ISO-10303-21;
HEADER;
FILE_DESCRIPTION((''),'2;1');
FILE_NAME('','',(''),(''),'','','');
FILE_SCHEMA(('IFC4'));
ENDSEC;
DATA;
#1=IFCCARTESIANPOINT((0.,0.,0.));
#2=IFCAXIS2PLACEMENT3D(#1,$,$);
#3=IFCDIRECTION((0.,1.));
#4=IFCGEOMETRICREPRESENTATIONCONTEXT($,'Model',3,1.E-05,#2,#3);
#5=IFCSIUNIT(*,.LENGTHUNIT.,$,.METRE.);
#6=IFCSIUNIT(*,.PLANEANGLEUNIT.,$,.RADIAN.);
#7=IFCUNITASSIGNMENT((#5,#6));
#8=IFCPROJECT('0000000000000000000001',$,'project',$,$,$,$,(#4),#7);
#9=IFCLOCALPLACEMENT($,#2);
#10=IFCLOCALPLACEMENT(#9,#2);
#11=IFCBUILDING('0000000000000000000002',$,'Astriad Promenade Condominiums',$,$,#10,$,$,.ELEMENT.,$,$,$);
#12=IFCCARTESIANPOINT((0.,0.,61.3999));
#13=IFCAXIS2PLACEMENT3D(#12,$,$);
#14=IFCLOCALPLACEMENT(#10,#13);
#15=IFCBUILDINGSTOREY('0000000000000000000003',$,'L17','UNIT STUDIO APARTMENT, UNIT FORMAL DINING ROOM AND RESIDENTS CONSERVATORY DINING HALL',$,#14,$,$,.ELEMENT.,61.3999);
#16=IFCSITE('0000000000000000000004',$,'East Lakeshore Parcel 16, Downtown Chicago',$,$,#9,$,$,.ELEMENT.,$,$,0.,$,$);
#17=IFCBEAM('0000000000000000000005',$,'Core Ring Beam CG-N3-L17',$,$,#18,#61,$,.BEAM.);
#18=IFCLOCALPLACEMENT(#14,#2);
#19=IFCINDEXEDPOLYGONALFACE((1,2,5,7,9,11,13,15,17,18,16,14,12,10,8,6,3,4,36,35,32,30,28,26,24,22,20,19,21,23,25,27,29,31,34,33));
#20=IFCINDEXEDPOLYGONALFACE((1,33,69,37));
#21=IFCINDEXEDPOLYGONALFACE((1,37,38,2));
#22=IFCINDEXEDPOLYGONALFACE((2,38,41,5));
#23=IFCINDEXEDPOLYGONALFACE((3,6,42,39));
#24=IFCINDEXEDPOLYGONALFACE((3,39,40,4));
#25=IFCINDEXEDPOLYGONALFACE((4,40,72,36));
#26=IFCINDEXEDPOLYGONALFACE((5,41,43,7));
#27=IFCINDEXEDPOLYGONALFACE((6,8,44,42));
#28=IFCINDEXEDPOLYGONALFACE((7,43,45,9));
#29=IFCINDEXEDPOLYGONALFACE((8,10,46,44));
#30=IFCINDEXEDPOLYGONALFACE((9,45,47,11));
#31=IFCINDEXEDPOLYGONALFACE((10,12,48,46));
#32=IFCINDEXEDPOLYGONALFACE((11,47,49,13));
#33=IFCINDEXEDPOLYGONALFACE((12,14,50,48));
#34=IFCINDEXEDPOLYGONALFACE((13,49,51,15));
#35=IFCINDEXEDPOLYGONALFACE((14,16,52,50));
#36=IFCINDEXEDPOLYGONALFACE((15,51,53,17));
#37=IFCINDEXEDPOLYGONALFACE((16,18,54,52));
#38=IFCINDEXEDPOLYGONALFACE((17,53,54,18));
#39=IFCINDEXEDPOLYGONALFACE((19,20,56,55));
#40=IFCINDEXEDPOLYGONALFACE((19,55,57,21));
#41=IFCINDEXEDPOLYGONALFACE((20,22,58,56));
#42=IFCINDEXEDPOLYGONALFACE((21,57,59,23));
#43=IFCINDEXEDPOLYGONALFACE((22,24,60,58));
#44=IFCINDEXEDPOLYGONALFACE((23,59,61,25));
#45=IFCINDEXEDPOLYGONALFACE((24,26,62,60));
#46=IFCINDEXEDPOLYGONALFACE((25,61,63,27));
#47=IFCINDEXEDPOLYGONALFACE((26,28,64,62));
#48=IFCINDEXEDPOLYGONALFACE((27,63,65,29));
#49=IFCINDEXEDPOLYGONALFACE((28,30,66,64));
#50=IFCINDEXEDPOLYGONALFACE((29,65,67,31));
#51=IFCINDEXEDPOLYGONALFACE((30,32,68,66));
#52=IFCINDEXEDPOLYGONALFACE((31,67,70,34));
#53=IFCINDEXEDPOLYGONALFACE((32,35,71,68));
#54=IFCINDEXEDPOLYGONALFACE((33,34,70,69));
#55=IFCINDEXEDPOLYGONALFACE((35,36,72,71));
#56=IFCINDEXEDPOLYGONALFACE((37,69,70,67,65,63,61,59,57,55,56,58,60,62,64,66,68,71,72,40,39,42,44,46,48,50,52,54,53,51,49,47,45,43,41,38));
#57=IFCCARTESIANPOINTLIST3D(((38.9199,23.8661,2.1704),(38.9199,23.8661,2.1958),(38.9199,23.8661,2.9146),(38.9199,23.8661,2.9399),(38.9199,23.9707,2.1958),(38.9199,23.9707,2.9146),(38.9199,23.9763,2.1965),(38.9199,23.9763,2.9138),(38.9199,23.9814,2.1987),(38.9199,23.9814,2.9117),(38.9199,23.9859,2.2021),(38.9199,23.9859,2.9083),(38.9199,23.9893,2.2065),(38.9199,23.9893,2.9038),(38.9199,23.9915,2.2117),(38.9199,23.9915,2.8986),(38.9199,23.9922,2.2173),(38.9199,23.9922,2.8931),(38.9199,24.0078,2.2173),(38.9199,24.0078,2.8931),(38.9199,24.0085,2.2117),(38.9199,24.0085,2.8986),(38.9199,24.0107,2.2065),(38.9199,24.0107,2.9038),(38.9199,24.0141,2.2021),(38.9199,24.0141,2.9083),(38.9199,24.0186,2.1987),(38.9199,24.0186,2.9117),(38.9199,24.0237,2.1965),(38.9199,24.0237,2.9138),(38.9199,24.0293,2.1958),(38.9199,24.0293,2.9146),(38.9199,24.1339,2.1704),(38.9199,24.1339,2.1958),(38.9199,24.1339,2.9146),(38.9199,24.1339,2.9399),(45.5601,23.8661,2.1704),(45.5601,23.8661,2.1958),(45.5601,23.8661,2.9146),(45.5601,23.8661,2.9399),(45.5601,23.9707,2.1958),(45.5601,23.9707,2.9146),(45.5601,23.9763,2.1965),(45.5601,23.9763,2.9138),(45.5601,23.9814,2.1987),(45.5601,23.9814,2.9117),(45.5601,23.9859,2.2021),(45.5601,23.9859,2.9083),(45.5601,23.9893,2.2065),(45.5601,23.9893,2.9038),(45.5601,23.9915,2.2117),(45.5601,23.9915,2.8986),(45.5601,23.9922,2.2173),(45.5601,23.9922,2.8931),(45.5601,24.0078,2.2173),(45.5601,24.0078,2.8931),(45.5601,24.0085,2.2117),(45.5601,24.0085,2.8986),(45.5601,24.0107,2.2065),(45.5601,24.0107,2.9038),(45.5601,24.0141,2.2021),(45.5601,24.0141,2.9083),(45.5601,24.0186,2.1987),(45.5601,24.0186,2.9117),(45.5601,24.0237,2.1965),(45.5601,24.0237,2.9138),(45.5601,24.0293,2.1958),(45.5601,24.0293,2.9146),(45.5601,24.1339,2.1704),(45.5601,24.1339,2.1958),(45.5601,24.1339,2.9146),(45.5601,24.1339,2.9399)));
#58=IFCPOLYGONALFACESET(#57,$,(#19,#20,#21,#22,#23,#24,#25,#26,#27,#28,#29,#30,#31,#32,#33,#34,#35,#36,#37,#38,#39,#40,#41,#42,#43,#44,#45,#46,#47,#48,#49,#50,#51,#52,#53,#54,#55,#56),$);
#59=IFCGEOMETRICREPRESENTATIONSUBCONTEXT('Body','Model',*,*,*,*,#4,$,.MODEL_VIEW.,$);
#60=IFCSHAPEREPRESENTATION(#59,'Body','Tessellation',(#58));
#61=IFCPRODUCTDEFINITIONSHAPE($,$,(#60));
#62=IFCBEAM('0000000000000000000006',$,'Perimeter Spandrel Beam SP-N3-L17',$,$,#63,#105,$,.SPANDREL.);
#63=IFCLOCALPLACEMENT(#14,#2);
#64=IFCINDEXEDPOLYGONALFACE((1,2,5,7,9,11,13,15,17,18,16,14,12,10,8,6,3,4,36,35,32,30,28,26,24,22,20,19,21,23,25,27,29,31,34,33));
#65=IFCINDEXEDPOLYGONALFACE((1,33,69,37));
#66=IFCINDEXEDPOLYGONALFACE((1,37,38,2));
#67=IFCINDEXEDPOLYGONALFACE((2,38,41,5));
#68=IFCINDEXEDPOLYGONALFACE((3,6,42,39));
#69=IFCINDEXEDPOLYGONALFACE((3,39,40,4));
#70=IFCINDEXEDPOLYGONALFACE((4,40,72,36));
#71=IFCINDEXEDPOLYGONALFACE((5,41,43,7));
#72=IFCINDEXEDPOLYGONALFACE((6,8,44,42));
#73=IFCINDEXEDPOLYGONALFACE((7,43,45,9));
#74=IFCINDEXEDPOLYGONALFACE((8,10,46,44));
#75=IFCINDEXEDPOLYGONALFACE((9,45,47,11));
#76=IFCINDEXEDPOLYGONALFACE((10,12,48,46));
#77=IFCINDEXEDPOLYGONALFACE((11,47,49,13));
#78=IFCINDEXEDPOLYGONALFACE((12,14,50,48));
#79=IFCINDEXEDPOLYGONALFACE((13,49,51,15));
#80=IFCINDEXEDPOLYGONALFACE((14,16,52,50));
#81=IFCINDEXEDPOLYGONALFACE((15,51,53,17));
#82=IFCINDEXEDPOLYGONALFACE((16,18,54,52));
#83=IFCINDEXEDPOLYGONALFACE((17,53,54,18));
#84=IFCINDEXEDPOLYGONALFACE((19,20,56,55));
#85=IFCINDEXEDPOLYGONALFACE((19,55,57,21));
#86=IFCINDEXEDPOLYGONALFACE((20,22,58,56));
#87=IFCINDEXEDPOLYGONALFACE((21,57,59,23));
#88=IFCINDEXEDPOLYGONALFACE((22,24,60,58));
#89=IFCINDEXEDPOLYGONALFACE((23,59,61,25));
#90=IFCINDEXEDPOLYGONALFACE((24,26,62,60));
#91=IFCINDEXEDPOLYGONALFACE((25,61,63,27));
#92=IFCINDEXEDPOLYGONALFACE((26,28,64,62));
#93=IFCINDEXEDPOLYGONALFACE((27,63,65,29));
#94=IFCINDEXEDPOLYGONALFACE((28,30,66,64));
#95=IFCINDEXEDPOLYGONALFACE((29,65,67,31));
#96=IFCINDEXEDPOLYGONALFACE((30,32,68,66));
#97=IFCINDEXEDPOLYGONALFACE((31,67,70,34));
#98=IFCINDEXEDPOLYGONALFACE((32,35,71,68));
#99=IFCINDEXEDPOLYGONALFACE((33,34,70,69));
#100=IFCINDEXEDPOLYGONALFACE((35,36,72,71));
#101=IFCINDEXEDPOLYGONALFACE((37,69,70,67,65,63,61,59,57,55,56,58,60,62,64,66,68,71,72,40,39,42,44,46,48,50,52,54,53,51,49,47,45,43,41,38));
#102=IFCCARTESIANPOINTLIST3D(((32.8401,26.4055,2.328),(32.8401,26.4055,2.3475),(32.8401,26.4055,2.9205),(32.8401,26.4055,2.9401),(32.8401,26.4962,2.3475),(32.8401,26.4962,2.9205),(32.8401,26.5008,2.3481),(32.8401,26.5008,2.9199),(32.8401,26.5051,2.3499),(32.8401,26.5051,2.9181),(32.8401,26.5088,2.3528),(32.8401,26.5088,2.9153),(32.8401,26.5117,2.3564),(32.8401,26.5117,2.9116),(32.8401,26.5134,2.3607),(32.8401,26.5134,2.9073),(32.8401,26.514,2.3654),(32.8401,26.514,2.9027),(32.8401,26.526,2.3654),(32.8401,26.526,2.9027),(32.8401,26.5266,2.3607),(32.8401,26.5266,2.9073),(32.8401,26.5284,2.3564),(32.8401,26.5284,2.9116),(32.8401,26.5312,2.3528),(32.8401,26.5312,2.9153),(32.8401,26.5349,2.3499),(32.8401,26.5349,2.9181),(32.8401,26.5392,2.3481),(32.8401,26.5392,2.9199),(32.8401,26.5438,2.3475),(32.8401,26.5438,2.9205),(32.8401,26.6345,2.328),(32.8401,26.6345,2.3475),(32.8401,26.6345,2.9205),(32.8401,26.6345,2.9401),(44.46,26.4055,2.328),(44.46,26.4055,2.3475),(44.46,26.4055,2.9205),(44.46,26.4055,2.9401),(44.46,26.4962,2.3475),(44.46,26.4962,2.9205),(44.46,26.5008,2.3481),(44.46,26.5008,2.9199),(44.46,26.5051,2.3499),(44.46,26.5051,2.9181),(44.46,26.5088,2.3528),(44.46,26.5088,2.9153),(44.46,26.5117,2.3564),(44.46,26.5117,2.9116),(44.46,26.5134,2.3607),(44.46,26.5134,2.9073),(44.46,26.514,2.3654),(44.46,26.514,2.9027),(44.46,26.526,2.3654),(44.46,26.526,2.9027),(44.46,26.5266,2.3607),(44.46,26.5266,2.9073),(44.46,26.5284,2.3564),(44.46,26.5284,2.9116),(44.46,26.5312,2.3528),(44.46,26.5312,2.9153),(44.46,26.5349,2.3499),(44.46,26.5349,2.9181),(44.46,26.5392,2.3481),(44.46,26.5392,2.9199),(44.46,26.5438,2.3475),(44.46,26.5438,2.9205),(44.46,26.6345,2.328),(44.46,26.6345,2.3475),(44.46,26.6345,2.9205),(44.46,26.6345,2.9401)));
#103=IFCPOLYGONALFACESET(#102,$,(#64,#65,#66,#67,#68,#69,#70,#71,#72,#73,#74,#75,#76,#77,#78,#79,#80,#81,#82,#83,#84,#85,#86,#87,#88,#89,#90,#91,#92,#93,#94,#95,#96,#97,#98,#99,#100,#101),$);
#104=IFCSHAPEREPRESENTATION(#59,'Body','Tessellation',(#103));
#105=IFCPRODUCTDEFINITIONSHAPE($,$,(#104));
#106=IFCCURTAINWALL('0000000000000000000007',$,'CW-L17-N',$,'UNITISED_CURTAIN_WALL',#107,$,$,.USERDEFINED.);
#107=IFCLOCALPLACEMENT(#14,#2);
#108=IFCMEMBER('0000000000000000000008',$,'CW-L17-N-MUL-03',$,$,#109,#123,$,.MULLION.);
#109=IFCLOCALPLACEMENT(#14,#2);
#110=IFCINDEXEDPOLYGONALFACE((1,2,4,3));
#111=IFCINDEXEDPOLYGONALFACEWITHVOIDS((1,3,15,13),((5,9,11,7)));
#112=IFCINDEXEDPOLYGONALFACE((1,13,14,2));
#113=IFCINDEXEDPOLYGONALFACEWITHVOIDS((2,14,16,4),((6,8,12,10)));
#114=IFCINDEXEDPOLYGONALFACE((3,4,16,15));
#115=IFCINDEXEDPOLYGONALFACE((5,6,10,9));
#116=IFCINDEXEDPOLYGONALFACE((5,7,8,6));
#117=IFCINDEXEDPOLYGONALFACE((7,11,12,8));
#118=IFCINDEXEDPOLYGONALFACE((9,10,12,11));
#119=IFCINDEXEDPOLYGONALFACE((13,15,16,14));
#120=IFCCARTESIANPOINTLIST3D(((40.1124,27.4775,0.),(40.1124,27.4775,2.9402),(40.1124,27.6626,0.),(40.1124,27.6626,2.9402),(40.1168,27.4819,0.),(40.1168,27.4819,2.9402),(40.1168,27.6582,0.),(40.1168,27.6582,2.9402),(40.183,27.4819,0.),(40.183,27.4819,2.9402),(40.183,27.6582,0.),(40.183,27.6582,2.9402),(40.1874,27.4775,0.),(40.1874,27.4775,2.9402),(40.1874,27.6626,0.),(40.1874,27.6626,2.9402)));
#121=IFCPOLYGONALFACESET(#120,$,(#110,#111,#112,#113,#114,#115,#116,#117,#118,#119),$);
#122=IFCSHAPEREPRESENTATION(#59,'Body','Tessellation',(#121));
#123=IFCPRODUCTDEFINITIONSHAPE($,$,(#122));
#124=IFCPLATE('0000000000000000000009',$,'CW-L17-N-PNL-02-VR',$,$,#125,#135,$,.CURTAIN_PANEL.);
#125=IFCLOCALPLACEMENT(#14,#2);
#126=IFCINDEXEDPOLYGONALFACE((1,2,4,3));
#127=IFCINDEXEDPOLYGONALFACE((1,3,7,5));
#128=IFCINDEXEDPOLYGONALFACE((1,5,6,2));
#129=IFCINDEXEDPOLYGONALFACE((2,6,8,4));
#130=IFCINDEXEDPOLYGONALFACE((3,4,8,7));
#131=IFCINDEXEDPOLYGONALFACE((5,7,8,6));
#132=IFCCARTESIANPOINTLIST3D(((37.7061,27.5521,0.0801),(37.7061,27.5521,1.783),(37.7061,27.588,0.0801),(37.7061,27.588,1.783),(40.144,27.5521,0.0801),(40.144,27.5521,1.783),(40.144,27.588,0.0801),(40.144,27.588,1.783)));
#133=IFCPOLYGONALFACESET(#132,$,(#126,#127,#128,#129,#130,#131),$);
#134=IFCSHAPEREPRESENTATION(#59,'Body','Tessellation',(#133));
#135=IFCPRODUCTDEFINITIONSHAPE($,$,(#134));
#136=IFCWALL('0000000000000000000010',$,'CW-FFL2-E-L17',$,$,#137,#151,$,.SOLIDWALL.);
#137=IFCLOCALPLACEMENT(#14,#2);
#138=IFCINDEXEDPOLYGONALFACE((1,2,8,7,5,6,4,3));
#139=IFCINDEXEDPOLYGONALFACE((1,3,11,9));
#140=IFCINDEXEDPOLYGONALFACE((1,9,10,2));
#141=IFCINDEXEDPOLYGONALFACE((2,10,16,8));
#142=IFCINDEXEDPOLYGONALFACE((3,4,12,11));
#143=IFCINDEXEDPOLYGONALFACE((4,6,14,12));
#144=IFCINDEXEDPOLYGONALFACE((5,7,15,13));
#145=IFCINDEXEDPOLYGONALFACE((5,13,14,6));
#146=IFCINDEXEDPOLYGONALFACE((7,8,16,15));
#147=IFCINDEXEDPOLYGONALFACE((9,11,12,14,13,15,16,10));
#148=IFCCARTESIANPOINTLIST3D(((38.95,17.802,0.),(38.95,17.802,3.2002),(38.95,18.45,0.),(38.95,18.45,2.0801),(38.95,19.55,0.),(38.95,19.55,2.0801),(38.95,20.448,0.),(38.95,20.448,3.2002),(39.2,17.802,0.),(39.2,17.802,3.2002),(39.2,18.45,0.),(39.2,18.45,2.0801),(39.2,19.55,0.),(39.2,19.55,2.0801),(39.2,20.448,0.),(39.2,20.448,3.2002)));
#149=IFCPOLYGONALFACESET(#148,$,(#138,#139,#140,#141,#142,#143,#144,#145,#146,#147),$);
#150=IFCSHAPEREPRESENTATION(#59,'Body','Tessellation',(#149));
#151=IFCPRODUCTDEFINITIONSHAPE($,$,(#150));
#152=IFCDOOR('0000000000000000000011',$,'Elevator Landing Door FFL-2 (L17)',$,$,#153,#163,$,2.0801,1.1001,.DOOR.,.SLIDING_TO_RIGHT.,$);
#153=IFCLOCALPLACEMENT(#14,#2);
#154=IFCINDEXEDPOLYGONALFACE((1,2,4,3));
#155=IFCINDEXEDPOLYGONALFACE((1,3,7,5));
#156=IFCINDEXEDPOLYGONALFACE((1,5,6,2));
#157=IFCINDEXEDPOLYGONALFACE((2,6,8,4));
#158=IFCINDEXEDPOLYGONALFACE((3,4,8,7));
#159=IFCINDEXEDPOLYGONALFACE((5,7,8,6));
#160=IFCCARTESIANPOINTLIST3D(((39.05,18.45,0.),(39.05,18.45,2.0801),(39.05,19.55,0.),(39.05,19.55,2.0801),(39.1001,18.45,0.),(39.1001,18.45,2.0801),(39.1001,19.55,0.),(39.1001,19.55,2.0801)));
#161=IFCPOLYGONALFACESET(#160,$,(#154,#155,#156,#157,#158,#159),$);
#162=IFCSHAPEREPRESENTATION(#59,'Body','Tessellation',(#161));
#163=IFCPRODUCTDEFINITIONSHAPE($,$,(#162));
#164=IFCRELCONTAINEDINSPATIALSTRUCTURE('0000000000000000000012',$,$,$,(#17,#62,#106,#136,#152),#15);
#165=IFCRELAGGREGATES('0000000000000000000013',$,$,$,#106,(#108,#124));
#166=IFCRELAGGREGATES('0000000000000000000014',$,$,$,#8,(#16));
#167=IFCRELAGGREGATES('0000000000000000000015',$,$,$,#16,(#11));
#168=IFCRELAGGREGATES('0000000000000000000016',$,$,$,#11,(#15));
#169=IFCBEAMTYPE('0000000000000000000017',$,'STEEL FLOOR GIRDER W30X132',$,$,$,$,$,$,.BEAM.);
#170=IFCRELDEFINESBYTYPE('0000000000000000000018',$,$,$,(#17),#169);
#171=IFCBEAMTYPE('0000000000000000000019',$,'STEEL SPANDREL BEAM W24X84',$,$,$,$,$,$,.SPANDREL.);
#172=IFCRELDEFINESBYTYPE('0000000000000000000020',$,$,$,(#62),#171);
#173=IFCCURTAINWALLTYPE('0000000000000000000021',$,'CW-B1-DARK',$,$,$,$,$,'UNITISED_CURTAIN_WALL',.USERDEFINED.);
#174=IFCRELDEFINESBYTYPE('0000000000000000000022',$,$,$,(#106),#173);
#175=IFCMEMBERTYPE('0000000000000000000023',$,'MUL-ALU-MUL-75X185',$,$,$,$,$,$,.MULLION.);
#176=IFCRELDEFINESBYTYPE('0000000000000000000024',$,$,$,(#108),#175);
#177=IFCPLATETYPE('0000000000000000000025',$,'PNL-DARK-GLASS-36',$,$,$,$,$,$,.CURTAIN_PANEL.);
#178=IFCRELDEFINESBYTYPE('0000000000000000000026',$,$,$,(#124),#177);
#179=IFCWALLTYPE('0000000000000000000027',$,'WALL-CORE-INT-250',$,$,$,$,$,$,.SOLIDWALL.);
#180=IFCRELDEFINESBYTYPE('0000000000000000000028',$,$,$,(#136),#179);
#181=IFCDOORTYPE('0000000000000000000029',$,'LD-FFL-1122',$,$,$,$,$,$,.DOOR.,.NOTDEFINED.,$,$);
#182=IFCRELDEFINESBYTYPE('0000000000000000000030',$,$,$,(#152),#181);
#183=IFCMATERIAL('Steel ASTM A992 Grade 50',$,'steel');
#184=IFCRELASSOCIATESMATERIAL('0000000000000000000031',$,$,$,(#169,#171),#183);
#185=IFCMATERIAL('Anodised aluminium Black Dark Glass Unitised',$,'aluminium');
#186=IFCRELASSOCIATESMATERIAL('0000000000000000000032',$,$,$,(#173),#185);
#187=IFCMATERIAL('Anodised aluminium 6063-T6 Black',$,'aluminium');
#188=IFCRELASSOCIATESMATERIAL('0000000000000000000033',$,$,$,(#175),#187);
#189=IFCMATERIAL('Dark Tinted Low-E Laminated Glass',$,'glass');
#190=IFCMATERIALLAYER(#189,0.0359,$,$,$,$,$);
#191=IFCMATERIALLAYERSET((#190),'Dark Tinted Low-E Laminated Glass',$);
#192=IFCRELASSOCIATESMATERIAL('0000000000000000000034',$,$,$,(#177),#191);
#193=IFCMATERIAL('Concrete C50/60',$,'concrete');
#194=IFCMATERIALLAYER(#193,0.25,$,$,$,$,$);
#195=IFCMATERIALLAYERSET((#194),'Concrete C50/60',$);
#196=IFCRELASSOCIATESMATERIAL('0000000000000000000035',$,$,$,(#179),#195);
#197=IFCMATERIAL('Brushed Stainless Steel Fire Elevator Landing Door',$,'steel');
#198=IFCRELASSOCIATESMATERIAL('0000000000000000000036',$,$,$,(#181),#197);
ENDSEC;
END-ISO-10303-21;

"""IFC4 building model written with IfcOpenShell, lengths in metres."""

from ifc_helpers import new_model, si_unit, direction, frame, frame_2d, origin, origin_2d, place, context, subcontext, project, spatial, rectangle, hollow_rectangle, i_section, extrude, source, transform, mapped, material, layer, layer_set, material_profile, profile_set, type_object, type_shapes, element, fill, aggregate, save


model = new_model("IFC4")

# Units and contexts
model_context = context("Model", 3, precision=1e-05, world=origin(), true_north=direction((0.0, 1.0)))
body_context = subcontext(model_context, "Body", "Model", "MODEL_VIEW")
ifc_project = project(units=[si_unit("LENGTHUNIT", "METRE"), si_unit("PLANEANGLEUNIT", "RADIAN")], contexts=[model_context])

# Site, building, storey
site_placement = place(None, origin())
site = spatial("IfcSite", under=ifc_project, at=site_placement, Name="East Lakeshore Parcel 16, Downtown Chicago", CompositionType="ELEMENT", RefElevation=0.0)
building_placement = place(site_placement, origin())
building = spatial("IfcBuilding", under=site, at=building_placement, Name="Astriad Promenade Condominiums", CompositionType="ELEMENT")
storey_placement = place(building_placement, frame((0.0, 0.0, 61.3999)))
storey = spatial("IfcBuildingStorey", under=building, at=storey_placement, Name="L17", Description="UNIT STUDIO APARTMENT, UNIT FORMAL DINING ROOM AND RESIDENTS CONSERVATORY DINING HALL", CompositionType="ELEMENT", Elevation=61.3999)

# Shared definitions
ifc_material_1 = material(Name="Steel ASTM A992 Grade 50", Category="steel")

# Beams
ifc_material_profile_1 = material_profile(ifc_material_1, i_section(OverallWidth=0.2678, OverallDepth=0.7695, WebThickness=0.0156, FlangeThickness=0.0254, FilletRadius=0.0215, at=origin_2d()), Name="W30X132")
ifc_profile_set_1 = profile_set([ifc_material_profile_1], Name="Steel ASTM A992 Grade 50")
beam_type_1 = type_object("IfcBeamType", Name="STEEL FLOOR GIRDER W30X132", PredefinedType="BEAM", material=ifc_profile_set_1)
shared_shape_1 = source(origin(), body_context, "Body", "SweptSolid", [
    extrude(i_section(OverallWidth=0.2678, OverallDepth=0.7695, WebThickness=0.0156, FlangeThickness=0.0254, FilletRadius=0.0215, at=origin_2d()), origin(), (0.0, 0.0, 1.0), 6.6401),
])
type_shapes(beam_type_1, [shared_shape_1])
beam_1_placement = place(storey_placement, frame((38.9199, 24.0, 2.5552), z_axis=(1.0, 0.0, 0.0), x_axis=(0.0, 1.0, 0.0)))
element("IfcBeam", 1, at=beam_1_placement, inside=storey, type_object=beam_type_1, Name="Core Ring Beam CG-N3-L17", PredefinedType="BEAM", context=body_context, shape_type="MappedRepresentation", body=[
    mapped(shared_shape_1, transform((0.0, 0.0, 0.0), scale=1.0)),
])
ifc_material_profile_2 = material_profile(ifc_material_1, i_section(OverallWidth=0.229, OverallDepth=0.6121, WebThickness=0.012, FlangeThickness=0.0195, FilletRadius=0.0178, at=origin_2d()), Name="W24X84")
ifc_profile_set_2 = profile_set([ifc_material_profile_2], Name="Steel ASTM A992 Grade 50")
beam_type_2 = type_object("IfcBeamType", Name="STEEL SPANDREL BEAM W24X84", PredefinedType="SPANDREL", material=ifc_profile_set_2)
shared_shape_2 = source(origin(), body_context, "Body", "SweptSolid", [
    extrude(i_section(OverallWidth=0.229, OverallDepth=0.6121, WebThickness=0.012, FlangeThickness=0.0195, FilletRadius=0.0178, at=origin_2d()), origin(), (0.0, 0.0, 1.0), 11.6199),
])
type_shapes(beam_type_2, [shared_shape_2])
beam_2_placement = place(storey_placement, frame((44.46, 26.52, 2.634), z_axis=(-1.0, 0.0, 0.0), x_axis=(0.0, -1.0, 0.0)))
element("IfcBeam", 2, at=beam_2_placement, inside=storey, type_object=beam_type_2, Name="Perimeter Spandrel Beam SP-N3-L17", PredefinedType="SPANDREL", context=body_context, shape_type="MappedRepresentation", body=[
    mapped(shared_shape_2, transform((0.0, 0.0, 0.0), scale=1.0)),
])

# Curtain wall, member, plate
ifc_material_2 = material(Name="Anodised aluminium Black Dark Glass Unitised", Category="aluminium")
curtain_wall_type = type_object("IfcCurtainWallType", Name="CW-B1-DARK", ElementType="UNITISED_CURTAIN_WALL", PredefinedType="USERDEFINED", material=ifc_material_2)
curtain_wall_placement = place(storey_placement, origin())
curtain_wall = element("IfcCurtainWall", 3, at=curtain_wall_placement, inside=storey, type_object=curtain_wall_type, Name="CW-L17-N", ObjectType="UNITISED_CURTAIN_WALL", PredefinedType="USERDEFINED")
ifc_material_3 = material(Name="Anodised aluminium 6063-T6 Black", Category="aluminium")
ifc_material_profile_3 = material_profile(ifc_material_3, hollow_rectangle(XDim=0.075, YDim=0.1851, WallThickness=0.0044, at=origin_2d()), Name="ALU-MUL-75X185")
ifc_profile_set_3 = profile_set([ifc_material_profile_3], Name="Anodised aluminium 6063-T6 Black")
member_type = type_object("IfcMemberType", Name="MUL-ALU-MUL-75X185", PredefinedType="MULLION", material=ifc_profile_set_3)
shared_shape_3 = source(origin(), body_context, "Body", "SweptSolid", [
    extrude(hollow_rectangle(XDim=0.075, YDim=0.1851, WallThickness=0.0044, at=origin_2d()), origin(), (0.0, 0.0, 1.0), 2.9402),
])
type_shapes(member_type, [shared_shape_3])
member_placement = place(storey_placement, frame((40.1499, 27.5701, 0.0), z_axis=(0.0, 0.0, 1.0), x_axis=(1.0, 0.0, 0.0)))
member = element("IfcMember", 4, at=member_placement, type_object=member_type, Name="CW-L17-N-MUL-03", PredefinedType="MULLION", context=body_context, shape_type="MappedRepresentation", body=[
    mapped(shared_shape_3, transform((0.0, 0.0, 0.0), scale=1.0)),
])
ifc_material_4 = material(Name="Dark Tinted Low-E Laminated Glass", Category="glass")
ifc_layer_1 = layer(ifc_material_4, 0.0359)
ifc_layer_set_1 = layer_set([ifc_layer_1], Name="Dark Tinted Low-E Laminated Glass")
plate_type = type_object("IfcPlateType", Name="PNL-DARK-GLASS-36", PredefinedType="CURTAIN_PANEL", material=ifc_layer_set_1)
shared_shape_4 = source(origin(), body_context, "Body", "SweptSolid", [
    extrude(rectangle(XDim=2.438, YDim=0.0359, at=origin_2d()), origin(), (0.0, 0.0, 1.0), 1.7029),
])
type_shapes(plate_type, [shared_shape_4])
plate_placement = place(storey_placement, frame((38.925, 27.5701, 0.0801), z_axis=(0.0, 0.0, 1.0), x_axis=(1.0, 0.0, 0.0)))
plate = element("IfcPlate", 5, at=plate_placement, type_object=plate_type, Name="CW-L17-N-PNL-02-VR", PredefinedType="CURTAIN_PANEL", context=body_context, shape_type="MappedRepresentation", body=[
    mapped(shared_shape_4, transform((0.0, 0.0, 0.0), scale=1.0)),
])
aggregate(curtain_wall, [member, plate])

# Wall, opening, door
ifc_material_5 = material(Name="Concrete C50/60", Category="concrete")
ifc_layer_2 = layer(ifc_material_5, 0.25)
ifc_layer_set_2 = layer_set([ifc_layer_2], Name="Concrete C50/60")
wall_type_1 = type_object("IfcWallType", Name="WALL-CORE-INT-250", PredefinedType="SOLIDWALL", material=ifc_layer_set_2)
wall_1_placement = place(storey_placement, frame((39.075, 17.802, 0.0), z_axis=(0.0, 0.0, 1.0), x_axis=(0.0, 1.0, 0.0)))
wall_1 = element("IfcWall", 6, at=wall_1_placement, inside=storey, type_object=wall_type_1, Name="CW-FFL2-E-L17", PredefinedType="SOLIDWALL", context=body_context, shape_type="SweptSolid", body=[
    extrude(rectangle(XDim=2.646, YDim=0.25, at=frame_2d((1.323, 0.0))), origin(), (0.0, 0.0, 1.0), 3.2002),
])
opening_1_placement = place(wall_1_placement, frame((0.6479, 0.0, 0.0)))
opening_1 = element("IfcOpeningElement", 7, at=opening_1_placement, cuts=wall_1, PredefinedType="OPENING", context=body_context, shape_type="SweptSolid", body=[
    extrude(rectangle(XDim=1.1001, YDim=2.0801, at=frame_2d((0.55, 1.04))), frame((0.0, 0.135, 0.0), z_axis=(0.0, -1.0, 0.0), x_axis=(1.0, 0.0, 0.0)), (0.0, 0.0, 1.0), 0.27),
])
ifc_material_6 = material(Name="Brushed Stainless Steel Fire Elevator Landing Door", Category="steel")
door_type_1 = type_object("IfcDoorType", Name="LD-FFL-1122", OperationType="NOTDEFINED", PredefinedType="DOOR", material=ifc_material_6)
shared_shape_5 = source(origin(), body_context, "Body", "SweptSolid", [
    extrude(rectangle(XDim=1.1001, YDim=2.0801, at=frame_2d((0.55, 1.04))), frame((0.0, 0.0249, 0.0), z_axis=(0.0, -1.0, 0.0), x_axis=(1.0, 0.0, 0.0)), (0.0, 0.0, 1.0), 0.05),
])
type_shapes(door_type_1, [shared_shape_5])
door_1_placement = place(opening_1_placement, origin())
door_1 = element("IfcDoor", 8, at=door_1_placement, inside=storey, type_object=door_type_1, Name="Elevator Landing Door FFL-2 (L17)", OperationType="SLIDING_TO_RIGHT", OverallHeight=2.0801, OverallWidth=1.1001, PredefinedType="DOOR", context=body_context, shape_type="MappedRepresentation", body=[
    mapped(shared_shape_5, transform((0.0, 0.0, 0.0), scale=1.0)),
])
fill(opening_1, door_1)

save(model, "model.ifc")
